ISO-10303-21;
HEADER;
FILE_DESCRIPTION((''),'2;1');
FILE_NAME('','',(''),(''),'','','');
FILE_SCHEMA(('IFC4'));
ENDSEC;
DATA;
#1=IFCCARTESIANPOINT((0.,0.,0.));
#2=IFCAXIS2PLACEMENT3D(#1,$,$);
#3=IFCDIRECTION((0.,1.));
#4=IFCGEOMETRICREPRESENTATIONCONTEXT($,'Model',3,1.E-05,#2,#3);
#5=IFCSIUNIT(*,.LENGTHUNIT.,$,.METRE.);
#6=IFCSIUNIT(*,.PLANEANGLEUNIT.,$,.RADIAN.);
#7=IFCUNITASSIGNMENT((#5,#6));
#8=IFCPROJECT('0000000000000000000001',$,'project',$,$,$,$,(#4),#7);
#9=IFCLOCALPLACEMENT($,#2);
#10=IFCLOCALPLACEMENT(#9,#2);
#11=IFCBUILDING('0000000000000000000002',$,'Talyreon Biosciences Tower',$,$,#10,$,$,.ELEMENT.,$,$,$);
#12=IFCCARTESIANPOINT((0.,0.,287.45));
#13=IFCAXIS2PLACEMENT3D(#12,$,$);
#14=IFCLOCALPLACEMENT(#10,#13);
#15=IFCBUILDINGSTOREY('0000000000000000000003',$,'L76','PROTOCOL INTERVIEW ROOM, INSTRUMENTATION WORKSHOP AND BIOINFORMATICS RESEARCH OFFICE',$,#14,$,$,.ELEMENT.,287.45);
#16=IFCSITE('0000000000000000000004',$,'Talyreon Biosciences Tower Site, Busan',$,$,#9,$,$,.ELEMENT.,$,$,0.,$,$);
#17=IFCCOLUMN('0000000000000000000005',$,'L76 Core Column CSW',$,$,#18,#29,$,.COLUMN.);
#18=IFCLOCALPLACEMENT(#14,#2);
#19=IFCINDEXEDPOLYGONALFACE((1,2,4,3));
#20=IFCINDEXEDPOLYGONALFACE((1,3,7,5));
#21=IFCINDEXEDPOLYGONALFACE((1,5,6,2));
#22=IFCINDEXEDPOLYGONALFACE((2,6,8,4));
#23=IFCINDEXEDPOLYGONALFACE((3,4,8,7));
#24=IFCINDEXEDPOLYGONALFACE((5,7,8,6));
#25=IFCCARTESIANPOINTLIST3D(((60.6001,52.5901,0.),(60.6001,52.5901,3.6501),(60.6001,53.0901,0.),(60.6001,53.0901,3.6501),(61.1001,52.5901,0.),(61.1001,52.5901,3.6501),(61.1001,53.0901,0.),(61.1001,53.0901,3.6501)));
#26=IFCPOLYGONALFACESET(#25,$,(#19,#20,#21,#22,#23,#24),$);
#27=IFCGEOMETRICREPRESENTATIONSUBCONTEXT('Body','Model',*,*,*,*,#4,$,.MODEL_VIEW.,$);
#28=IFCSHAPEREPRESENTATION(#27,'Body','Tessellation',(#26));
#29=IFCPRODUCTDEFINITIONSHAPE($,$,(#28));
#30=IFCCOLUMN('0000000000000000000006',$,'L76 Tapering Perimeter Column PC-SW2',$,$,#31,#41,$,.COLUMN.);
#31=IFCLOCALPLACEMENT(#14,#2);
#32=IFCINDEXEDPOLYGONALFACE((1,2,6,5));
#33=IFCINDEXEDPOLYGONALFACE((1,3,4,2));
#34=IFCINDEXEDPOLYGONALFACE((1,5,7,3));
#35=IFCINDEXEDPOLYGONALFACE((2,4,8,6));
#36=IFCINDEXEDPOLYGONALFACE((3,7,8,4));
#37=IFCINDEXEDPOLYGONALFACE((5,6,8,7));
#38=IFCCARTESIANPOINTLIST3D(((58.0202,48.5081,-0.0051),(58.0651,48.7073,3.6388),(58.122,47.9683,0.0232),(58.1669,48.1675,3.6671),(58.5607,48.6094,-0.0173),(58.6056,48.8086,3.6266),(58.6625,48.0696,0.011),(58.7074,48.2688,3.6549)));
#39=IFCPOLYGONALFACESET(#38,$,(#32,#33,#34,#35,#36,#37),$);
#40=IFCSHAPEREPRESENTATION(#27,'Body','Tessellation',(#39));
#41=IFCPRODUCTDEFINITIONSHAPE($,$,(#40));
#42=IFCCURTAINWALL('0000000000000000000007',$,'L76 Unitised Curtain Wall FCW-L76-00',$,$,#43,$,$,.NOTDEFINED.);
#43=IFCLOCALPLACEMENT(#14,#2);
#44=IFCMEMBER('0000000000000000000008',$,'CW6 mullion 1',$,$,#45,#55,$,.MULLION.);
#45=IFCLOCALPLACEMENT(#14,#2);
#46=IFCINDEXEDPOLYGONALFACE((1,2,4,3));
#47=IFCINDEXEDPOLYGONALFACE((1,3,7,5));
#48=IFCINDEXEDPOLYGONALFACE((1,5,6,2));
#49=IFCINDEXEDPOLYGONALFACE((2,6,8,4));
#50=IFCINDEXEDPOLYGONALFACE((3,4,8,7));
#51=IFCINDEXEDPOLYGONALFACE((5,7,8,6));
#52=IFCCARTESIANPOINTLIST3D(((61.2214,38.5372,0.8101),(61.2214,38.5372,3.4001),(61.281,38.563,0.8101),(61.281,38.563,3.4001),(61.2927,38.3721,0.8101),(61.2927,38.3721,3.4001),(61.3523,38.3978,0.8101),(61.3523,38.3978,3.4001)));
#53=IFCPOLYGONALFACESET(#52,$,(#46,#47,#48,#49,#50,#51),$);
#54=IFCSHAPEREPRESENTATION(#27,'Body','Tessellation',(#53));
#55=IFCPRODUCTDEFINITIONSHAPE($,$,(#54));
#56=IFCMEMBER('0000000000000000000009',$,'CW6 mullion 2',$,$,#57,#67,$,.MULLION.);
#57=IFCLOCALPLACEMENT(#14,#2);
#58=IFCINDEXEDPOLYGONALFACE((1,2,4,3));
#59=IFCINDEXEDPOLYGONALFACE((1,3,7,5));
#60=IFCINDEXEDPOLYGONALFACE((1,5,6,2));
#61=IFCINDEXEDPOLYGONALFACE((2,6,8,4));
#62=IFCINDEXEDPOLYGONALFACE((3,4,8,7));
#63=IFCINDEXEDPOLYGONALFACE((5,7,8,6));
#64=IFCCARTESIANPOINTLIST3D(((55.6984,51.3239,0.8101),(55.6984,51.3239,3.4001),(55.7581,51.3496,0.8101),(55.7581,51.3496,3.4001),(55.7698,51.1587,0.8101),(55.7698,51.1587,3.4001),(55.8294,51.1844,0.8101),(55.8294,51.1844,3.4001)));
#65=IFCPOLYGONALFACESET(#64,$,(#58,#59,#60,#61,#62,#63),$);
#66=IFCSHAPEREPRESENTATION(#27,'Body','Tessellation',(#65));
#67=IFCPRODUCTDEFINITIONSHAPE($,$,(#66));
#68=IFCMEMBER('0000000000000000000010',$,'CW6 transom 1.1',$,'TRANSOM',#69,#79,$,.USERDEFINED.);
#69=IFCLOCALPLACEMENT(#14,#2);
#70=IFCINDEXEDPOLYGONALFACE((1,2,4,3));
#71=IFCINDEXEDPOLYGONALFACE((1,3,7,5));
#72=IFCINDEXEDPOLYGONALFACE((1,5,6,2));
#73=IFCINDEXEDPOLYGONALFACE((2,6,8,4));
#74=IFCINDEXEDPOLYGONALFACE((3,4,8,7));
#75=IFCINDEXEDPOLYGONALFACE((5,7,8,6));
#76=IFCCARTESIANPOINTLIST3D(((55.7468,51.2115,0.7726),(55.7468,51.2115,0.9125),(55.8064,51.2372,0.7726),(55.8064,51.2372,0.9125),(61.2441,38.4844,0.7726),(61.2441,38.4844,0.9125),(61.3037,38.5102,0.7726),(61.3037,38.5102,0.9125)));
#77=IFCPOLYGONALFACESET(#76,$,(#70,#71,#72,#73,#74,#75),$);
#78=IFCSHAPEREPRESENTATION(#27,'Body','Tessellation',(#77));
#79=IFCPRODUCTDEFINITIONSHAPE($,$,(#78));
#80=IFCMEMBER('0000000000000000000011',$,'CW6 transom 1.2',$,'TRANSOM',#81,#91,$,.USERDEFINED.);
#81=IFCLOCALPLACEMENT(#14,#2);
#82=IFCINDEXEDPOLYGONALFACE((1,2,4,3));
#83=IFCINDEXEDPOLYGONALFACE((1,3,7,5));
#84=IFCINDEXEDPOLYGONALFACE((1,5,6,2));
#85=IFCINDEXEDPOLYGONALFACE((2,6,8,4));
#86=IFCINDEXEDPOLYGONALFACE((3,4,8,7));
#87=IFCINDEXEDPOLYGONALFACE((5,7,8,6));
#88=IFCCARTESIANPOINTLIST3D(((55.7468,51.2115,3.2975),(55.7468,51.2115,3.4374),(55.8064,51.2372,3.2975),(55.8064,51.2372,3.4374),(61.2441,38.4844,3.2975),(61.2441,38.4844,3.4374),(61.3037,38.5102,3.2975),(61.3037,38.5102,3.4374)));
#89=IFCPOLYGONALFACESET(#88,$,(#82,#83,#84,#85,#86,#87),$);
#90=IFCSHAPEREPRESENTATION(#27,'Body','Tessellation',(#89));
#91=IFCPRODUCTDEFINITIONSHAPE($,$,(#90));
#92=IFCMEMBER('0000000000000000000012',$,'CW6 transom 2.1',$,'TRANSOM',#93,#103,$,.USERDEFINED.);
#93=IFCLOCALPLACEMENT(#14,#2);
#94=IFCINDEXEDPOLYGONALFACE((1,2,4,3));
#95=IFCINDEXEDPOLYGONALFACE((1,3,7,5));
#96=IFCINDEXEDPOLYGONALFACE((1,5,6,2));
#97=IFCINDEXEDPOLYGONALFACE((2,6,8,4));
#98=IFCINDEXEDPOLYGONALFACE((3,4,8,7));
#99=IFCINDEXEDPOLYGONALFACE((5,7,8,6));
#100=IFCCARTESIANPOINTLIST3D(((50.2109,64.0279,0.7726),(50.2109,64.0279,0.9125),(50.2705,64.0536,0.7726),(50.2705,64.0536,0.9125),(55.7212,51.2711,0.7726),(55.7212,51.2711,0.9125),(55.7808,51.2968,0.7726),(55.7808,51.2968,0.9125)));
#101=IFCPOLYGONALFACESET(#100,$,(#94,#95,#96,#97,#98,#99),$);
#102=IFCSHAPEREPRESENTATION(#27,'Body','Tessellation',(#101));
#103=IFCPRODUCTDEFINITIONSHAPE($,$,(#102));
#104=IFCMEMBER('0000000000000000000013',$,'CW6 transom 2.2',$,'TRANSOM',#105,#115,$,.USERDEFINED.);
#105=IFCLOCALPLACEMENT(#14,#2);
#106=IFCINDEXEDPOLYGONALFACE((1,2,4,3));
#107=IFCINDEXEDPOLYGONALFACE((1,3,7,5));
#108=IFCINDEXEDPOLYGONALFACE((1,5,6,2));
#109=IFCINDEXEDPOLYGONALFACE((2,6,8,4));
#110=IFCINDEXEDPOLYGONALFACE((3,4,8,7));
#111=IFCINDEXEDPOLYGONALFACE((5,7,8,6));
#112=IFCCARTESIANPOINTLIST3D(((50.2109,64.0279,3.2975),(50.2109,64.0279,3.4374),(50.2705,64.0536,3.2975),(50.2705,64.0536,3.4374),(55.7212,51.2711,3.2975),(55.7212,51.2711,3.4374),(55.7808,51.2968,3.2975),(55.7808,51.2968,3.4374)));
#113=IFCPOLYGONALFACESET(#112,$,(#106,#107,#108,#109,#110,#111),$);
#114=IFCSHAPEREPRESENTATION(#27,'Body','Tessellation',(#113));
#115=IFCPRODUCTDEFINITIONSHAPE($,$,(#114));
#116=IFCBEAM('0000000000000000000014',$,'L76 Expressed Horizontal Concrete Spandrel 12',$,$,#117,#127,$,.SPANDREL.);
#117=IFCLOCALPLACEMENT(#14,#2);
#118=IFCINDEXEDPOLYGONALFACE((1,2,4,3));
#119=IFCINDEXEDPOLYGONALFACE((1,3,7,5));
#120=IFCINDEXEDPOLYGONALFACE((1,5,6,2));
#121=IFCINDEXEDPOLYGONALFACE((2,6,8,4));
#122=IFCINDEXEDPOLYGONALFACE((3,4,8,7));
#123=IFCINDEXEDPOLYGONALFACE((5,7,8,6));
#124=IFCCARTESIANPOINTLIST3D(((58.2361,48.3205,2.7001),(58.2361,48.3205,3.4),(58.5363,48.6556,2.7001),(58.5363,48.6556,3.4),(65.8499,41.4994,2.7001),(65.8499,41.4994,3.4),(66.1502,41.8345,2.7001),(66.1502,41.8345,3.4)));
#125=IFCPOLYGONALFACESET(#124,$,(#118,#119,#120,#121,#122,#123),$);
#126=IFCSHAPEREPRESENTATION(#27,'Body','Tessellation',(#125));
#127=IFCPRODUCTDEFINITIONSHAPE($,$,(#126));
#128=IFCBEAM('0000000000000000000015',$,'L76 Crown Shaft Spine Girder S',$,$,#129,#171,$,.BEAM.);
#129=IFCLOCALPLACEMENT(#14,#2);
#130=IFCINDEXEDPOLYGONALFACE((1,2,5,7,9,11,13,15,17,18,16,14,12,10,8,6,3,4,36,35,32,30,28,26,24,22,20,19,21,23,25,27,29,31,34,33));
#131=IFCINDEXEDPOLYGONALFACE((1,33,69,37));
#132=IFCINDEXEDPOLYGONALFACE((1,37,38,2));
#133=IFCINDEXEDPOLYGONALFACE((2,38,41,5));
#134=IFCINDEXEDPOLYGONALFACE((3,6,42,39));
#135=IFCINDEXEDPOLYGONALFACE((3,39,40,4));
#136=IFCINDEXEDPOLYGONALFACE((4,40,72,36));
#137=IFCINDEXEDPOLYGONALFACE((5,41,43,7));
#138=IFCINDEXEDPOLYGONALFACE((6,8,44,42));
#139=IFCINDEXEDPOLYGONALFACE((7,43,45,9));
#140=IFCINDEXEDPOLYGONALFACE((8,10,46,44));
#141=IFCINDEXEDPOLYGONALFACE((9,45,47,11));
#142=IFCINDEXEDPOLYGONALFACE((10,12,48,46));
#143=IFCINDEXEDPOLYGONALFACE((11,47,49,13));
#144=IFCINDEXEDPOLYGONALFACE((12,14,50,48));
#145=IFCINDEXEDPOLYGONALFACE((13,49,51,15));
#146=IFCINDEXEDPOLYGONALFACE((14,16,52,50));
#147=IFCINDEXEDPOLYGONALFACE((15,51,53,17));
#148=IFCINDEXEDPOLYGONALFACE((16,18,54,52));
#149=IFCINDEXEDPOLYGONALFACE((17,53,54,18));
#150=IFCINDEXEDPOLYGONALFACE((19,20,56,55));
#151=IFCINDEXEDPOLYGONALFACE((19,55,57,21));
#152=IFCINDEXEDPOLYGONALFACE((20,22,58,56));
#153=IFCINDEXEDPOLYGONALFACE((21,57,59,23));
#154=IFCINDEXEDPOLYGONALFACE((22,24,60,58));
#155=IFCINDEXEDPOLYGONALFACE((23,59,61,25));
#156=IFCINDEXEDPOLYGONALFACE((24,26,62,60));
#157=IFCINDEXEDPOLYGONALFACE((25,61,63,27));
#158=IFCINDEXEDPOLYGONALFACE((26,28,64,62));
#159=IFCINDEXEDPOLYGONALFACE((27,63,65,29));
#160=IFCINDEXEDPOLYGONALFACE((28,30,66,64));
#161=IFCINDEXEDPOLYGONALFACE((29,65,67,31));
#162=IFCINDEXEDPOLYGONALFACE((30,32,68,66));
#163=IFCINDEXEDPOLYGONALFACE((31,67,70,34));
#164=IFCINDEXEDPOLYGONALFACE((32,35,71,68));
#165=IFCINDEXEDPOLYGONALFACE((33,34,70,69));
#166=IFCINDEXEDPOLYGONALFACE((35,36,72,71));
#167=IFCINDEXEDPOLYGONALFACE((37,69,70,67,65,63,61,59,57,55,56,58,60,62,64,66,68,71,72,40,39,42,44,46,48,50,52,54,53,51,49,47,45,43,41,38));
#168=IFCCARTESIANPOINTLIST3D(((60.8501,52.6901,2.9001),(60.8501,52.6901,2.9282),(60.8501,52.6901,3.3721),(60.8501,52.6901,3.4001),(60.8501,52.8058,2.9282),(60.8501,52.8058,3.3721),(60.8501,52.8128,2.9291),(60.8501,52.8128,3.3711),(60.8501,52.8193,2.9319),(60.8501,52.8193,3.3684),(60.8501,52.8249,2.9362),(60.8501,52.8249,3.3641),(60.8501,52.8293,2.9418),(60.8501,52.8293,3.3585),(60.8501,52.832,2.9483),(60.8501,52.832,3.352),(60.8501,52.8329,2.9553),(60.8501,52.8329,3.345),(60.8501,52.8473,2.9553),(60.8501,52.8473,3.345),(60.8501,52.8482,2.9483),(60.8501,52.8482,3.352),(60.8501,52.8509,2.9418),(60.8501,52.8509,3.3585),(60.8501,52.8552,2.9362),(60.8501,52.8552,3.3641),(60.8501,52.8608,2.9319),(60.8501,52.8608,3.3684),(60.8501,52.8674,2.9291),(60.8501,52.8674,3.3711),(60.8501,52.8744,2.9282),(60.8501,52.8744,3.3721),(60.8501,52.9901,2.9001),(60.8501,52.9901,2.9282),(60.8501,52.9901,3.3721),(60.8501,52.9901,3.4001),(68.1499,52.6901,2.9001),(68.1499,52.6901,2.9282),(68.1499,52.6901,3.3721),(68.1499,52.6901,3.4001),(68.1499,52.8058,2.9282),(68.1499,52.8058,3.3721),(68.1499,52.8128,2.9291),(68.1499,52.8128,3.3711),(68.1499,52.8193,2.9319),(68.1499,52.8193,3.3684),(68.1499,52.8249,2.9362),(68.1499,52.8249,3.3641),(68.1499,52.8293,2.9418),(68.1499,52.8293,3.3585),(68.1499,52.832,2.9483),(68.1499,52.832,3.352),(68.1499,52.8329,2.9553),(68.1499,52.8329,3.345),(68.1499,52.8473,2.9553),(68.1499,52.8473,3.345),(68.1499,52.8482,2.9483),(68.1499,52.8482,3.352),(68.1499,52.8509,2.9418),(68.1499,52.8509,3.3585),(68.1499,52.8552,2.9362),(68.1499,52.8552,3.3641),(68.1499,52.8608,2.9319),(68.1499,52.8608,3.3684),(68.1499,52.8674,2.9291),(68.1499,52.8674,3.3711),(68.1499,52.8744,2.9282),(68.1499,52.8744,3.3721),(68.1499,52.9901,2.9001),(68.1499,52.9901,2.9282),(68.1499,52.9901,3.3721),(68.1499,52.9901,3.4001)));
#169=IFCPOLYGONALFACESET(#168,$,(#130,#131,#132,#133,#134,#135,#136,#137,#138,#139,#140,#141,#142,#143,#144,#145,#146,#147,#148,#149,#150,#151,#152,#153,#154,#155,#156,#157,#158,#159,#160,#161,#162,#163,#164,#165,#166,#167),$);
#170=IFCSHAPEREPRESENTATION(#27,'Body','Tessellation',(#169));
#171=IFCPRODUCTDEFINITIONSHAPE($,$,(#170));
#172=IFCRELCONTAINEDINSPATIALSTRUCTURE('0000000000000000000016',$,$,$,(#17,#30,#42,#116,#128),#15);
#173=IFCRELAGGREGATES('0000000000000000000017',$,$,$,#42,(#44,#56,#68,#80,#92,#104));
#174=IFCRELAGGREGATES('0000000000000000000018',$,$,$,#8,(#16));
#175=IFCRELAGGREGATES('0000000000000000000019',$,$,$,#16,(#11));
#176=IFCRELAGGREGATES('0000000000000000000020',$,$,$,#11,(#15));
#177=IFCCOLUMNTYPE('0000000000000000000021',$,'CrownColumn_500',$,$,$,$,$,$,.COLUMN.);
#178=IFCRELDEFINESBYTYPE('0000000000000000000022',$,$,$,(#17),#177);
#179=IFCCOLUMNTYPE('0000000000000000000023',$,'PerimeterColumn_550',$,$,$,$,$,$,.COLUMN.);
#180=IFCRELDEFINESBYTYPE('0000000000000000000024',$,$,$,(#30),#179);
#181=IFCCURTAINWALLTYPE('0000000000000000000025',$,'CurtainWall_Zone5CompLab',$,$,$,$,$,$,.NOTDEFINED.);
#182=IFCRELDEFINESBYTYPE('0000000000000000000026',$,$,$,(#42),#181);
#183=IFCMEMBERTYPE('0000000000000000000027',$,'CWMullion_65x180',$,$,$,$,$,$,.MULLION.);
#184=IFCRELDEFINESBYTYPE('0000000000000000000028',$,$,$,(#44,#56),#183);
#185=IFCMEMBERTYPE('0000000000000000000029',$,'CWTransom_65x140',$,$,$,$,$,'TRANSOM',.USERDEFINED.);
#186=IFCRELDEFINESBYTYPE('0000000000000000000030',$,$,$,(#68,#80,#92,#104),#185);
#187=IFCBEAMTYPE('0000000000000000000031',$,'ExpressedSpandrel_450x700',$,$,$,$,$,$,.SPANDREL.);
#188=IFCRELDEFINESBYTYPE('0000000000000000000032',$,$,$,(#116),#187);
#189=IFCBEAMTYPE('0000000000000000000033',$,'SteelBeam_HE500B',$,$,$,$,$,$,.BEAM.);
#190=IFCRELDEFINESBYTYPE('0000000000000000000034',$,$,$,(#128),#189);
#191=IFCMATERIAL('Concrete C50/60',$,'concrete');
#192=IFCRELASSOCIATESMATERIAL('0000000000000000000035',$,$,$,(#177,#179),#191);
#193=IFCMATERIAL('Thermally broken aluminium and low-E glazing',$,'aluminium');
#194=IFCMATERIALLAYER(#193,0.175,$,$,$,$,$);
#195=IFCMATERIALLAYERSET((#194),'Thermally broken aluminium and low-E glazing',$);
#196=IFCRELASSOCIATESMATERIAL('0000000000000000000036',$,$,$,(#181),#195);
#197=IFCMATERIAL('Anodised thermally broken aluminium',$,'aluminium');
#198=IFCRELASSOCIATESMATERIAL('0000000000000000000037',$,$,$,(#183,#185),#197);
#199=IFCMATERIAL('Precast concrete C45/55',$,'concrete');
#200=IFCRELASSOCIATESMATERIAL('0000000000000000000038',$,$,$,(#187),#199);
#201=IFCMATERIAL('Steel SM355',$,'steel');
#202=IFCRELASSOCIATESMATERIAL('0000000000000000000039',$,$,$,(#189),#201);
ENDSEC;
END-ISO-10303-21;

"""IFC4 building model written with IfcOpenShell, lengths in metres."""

from ifc_helpers import new_model, si_unit, direction, frame, origin, origin_2d, place, context, subcontext, project, spatial, rectangle, i_section, extrude, material, layer, layer_set, material_profile, profile_set, type_object, element, aggregate, save


model = new_model("IFC4")

# Units and contexts
model_context = context("Model", 3, precision=1e-05, world=origin(), true_north=direction((0.0, 1.0)))
body_context = subcontext(model_context, "Body", "Model", "MODEL_VIEW")
ifc_project = project(units=[si_unit("LENGTHUNIT", "METRE"), si_unit("PLANEANGLEUNIT", "RADIAN")], contexts=[model_context])

# Site, building, storey
site_placement = place(None, origin())
site = spatial("IfcSite", under=ifc_project, at=site_placement, Name="Talyreon Biosciences Tower Site, Busan", CompositionType="ELEMENT", RefElevation=0.0)
building_placement = place(site_placement, origin())
building = spatial("IfcBuilding", under=site, at=building_placement, Name="Talyreon Biosciences Tower", CompositionType="ELEMENT")
storey_placement = place(building_placement, frame((0.0, 0.0, 287.45)))
storey = spatial("IfcBuildingStorey", under=building, at=storey_placement, Name="L76", Description="PROTOCOL INTERVIEW ROOM, INSTRUMENTATION WORKSHOP AND BIOINFORMATICS RESEARCH OFFICE", CompositionType="ELEMENT", Elevation=287.45)

# Columns
ifc_material_1 = material(Name="Concrete C50/60", Category="concrete")
ifc_material_profile_1 = material_profile(ifc_material_1, rectangle(XDim=0.5, YDim=0.5, at=origin_2d()), Name="RC 500x500")
ifc_profile_set_1 = profile_set([ifc_material_profile_1], Name="Concrete C50/60")
column_type_1 = type_object("IfcColumnType", Name="CrownColumn_500", PredefinedType="COLUMN", material=ifc_profile_set_1)
column_1_placement = place(storey_placement, frame((60.8501, 52.8401, 0.0), z_axis=(0.0, 0.0, 1.0), x_axis=(1.0, 0.0, 0.0)))
element("IfcColumn", 1, at=column_1_placement, inside=storey, type_object=column_type_1, Name="L76 Core Column CSW", PredefinedType="COLUMN", context=body_context, shape_type="SweptSolid", body=[
    extrude(rectangle(XDim=0.5, YDim=0.5, at=origin_2d()), origin(), (0.0, 0.0, 1.0), 3.6501),
])
ifc_material_profile_2 = material_profile(ifc_material_1, rectangle(XDim=0.55, YDim=0.55, at=origin_2d()), Name="RC 550x550")
ifc_profile_set_2 = profile_set([ifc_material_profile_2], Name="Concrete C50/60")
column_type_2 = type_object("IfcColumnType", Name="PerimeterColumn_550", PredefinedType="COLUMN", material=ifc_profile_set_2)
column_2_placement = place(storey_placement, frame((58.3413, 48.2888, 0.0029), z_axis=(0.012308, 0.054584, 0.998433), x_axis=(-0.185072, 0.981381, -0.05137)))
element("IfcColumn", 2, at=column_2_placement, inside=storey, type_object=column_type_2, Name="L76 Tapering Perimeter Column PC-SW2", PredefinedType="COLUMN", context=body_context, shape_type="SweptSolid", body=[
    extrude(rectangle(XDim=0.55, YDim=0.55, at=origin_2d()), origin(), (0.0, 0.0, 1.0), 3.6497),
])

# Curtain wall, members
ifc_material_2 = material(Name="Thermally broken aluminium and low-E glazing", Category="aluminium")
ifc_layer_1 = layer(ifc_material_2, 0.175)
ifc_layer_set_1 = layer_set([ifc_layer_1], Name="Thermally broken aluminium and low-E glazing")
curtain_wall_type = type_object("IfcCurtainWallType", Name="CurtainWall_Zone5CompLab", PredefinedType="NOTDEFINED", material=ifc_layer_set_1)
curtain_wall_placement = place(storey_placement, origin())
curtain_wall = element("IfcCurtainWall", 3, at=curtain_wall_placement, inside=storey, type_object=curtain_wall_type, Name="L76 Unitised Curtain Wall FCW-L76-00", PredefinedType="NOTDEFINED")
ifc_material_3 = material(Name="Anodised thermally broken aluminium", Category="aluminium")
ifc_material_profile_3 = material_profile(ifc_material_3, rectangle(XDim=0.0649, YDim=0.1799, at=origin_2d()), Name="ALUM MULLION 65x180")
ifc_profile_set_3 = profile_set([ifc_material_profile_3], Name="Anodised thermally broken aluminium")
member_type_1 = type_object("IfcMemberType", Name="CWMullion_65x180", PredefinedType="MULLION", material=ifc_profile_set_3)
member_1_placement = place(storey_placement, frame((61.2869, 38.4675, 0.8101), z_axis=(0.0, 0.0, 1.0), x_axis=(-0.918022, -0.396528, 0.0)))
member_1 = element("IfcMember", 4, at=member_1_placement, type_object=member_type_1, Name="CW6 mullion 1", PredefinedType="MULLION", context=body_context, shape_type="SweptSolid", body=[
    extrude(rectangle(XDim=0.0649, YDim=0.1799, at=origin_2d()), origin(), (0.0, 0.0, 1.0), 2.5901),
])
member_2_placement = place(storey_placement, frame((55.7639, 51.2542, 0.8101), z_axis=(0.0, 0.0, 1.0), x_axis=(-0.918022, -0.396528, 0.0)))
member_2 = element("IfcMember", 5, at=member_2_placement, type_object=member_type_1, Name="CW6 mullion 2", PredefinedType="MULLION", context=body_context, shape_type="SweptSolid", body=[
    extrude(rectangle(XDim=0.0649, YDim=0.1799, at=origin_2d()), origin(), (0.0, 0.0, 1.0), 2.5901),
])
ifc_material_profile_4 = material_profile(ifc_material_3, rectangle(XDim=0.0649, YDim=0.1399, at=origin_2d()), Name="ALUM TRANSOM 65x140")
ifc_profile_set_4 = profile_set([ifc_material_profile_4], Name="Anodised thermally broken aluminium")
member_type_2 = type_object("IfcMemberType", Name="CWTransom_65x140", ElementType="TRANSOM", PredefinedType="USERDEFINED", material=ifc_profile_set_4)
member_3_placement = place(storey_placement, frame((61.2739, 38.4973, 0.8425), z_axis=(-0.39653, 0.918022, 0.0), x_axis=(-0.918022, -0.39653, 0.0)))
member_3 = element("IfcMember", 6, at=member_3_placement, type_object=member_type_2, Name="CW6 transom 1.1", ObjectType="TRANSOM", PredefinedType="USERDEFINED", context=body_context, shape_type="SweptSolid", body=[
    extrude(rectangle(XDim=0.0649, YDim=0.1399, at=origin_2d()), origin(), (0.0, 0.0, 1.0), 13.8635),
])
member_4_placement = place(storey_placement, frame((61.2739, 38.4973, 3.3674), z_axis=(-0.39653, 0.918022, 0.0), x_axis=(-0.918022, -0.39653, 0.0)))
member_4 = element("IfcMember", 7, at=member_4_placement, type_object=member_type_2, Name="CW6 transom 1.2", ObjectType="TRANSOM", PredefinedType="USERDEFINED", context=body_context, shape_type="SweptSolid", body=[
    extrude(rectangle(XDim=0.0649, YDim=0.1399, at=origin_2d()), origin(), (0.0, 0.0, 1.0), 13.8635),
])
member_5_placement = place(storey_placement, frame((55.751, 51.2839, 0.8425), z_axis=(-0.396534, 0.91802, 0.0), x_axis=(-0.91802, -0.396534, 0.0)))
member_5 = element("IfcMember", 8, at=member_5_placement, type_object=member_type_2, Name="CW6 transom 2.1", ObjectType="TRANSOM", PredefinedType="USERDEFINED", context=body_context, shape_type="SweptSolid", body=[
    extrude(rectangle(XDim=0.0649, YDim=0.1399, at=origin_2d()), origin(), (0.0, 0.0, 1.0), 13.896),
])
member_6_placement = place(storey_placement, frame((55.751, 51.2839, 3.3674), z_axis=(-0.396534, 0.91802, 0.0), x_axis=(-0.91802, -0.396534, 0.0)))
member_6 = element("IfcMember", 9, at=member_6_placement, type_object=member_type_2, Name="CW6 transom 2.2", ObjectType="TRANSOM", PredefinedType="USERDEFINED", context=body_context, shape_type="SweptSolid", body=[
    extrude(rectangle(XDim=0.0649, YDim=0.1399, at=origin_2d()), origin(), (0.0, 0.0, 1.0), 13.896),
])

# Beams
ifc_material_4 = material(Name="Precast concrete C45/55", Category="concrete")
ifc_material_profile_5 = material_profile(ifc_material_4, rectangle(XDim=0.45, YDim=0.7, at=origin_2d()), Name="RCB 450x700")
ifc_profile_set_5 = profile_set([ifc_material_profile_5], Name="Precast concrete C45/55")
beam_type_1 = type_object("IfcBeamType", Name="ExpressedSpandrel_450x700", PredefinedType="SPANDREL", material=ifc_profile_set_5)
beam_1_placement = place(storey_placement, frame((58.3862, 48.488, 3.05), z_axis=(0.744817, -0.667269, 0.0), x_axis=(0.667269, 0.744817, 0.0)))
element("IfcBeam", 10, at=beam_1_placement, inside=storey, type_object=beam_type_1, Name="L76 Expressed Horizontal Concrete Spandrel 12", PredefinedType="SPANDREL", context=body_context, shape_type="SweptSolid", body=[
    extrude(rectangle(XDim=0.45, YDim=0.7, at=origin_2d()), origin(), (0.0, 0.0, 1.0), 10.2224),
])
ifc_material_5 = material(Name="Steel SM355", Category="steel")
ifc_material_profile_6 = material_profile(ifc_material_5, i_section(OverallWidth=0.3, OverallDepth=0.5, WebThickness=0.0144, FlangeThickness=0.0281, FilletRadius=0.0271, at=origin_2d()), Name="HE500B")
ifc_profile_set_6 = profile_set([ifc_material_profile_6], Name="Steel SM355")
beam_type_2 = type_object("IfcBeamType", Name="SteelBeam_HE500B", PredefinedType="BEAM", material=ifc_profile_set_6)
beam_2_placement = place(storey_placement, frame((60.8501, 52.8401, 3.1501), z_axis=(1.0, 0.0, 0.0), x_axis=(0.0, 1.0, 0.0)))
element("IfcBeam", 11, at=beam_2_placement, inside=storey, type_object=beam_type_2, Name="L76 Crown Shaft Spine Girder S", PredefinedType="BEAM", context=body_context, shape_type="SweptSolid", body=[
    extrude(i_section(OverallWidth=0.3, OverallDepth=0.5, WebThickness=0.0144, FlangeThickness=0.0281, FilletRadius=0.0271, at=origin_2d()), origin(), (0.0, 0.0, 1.0), 7.2998),
])

aggregate(curtain_wall, [member_1, member_2, member_3, member_4, member_5, member_6])

save(model, "model.ifc")
